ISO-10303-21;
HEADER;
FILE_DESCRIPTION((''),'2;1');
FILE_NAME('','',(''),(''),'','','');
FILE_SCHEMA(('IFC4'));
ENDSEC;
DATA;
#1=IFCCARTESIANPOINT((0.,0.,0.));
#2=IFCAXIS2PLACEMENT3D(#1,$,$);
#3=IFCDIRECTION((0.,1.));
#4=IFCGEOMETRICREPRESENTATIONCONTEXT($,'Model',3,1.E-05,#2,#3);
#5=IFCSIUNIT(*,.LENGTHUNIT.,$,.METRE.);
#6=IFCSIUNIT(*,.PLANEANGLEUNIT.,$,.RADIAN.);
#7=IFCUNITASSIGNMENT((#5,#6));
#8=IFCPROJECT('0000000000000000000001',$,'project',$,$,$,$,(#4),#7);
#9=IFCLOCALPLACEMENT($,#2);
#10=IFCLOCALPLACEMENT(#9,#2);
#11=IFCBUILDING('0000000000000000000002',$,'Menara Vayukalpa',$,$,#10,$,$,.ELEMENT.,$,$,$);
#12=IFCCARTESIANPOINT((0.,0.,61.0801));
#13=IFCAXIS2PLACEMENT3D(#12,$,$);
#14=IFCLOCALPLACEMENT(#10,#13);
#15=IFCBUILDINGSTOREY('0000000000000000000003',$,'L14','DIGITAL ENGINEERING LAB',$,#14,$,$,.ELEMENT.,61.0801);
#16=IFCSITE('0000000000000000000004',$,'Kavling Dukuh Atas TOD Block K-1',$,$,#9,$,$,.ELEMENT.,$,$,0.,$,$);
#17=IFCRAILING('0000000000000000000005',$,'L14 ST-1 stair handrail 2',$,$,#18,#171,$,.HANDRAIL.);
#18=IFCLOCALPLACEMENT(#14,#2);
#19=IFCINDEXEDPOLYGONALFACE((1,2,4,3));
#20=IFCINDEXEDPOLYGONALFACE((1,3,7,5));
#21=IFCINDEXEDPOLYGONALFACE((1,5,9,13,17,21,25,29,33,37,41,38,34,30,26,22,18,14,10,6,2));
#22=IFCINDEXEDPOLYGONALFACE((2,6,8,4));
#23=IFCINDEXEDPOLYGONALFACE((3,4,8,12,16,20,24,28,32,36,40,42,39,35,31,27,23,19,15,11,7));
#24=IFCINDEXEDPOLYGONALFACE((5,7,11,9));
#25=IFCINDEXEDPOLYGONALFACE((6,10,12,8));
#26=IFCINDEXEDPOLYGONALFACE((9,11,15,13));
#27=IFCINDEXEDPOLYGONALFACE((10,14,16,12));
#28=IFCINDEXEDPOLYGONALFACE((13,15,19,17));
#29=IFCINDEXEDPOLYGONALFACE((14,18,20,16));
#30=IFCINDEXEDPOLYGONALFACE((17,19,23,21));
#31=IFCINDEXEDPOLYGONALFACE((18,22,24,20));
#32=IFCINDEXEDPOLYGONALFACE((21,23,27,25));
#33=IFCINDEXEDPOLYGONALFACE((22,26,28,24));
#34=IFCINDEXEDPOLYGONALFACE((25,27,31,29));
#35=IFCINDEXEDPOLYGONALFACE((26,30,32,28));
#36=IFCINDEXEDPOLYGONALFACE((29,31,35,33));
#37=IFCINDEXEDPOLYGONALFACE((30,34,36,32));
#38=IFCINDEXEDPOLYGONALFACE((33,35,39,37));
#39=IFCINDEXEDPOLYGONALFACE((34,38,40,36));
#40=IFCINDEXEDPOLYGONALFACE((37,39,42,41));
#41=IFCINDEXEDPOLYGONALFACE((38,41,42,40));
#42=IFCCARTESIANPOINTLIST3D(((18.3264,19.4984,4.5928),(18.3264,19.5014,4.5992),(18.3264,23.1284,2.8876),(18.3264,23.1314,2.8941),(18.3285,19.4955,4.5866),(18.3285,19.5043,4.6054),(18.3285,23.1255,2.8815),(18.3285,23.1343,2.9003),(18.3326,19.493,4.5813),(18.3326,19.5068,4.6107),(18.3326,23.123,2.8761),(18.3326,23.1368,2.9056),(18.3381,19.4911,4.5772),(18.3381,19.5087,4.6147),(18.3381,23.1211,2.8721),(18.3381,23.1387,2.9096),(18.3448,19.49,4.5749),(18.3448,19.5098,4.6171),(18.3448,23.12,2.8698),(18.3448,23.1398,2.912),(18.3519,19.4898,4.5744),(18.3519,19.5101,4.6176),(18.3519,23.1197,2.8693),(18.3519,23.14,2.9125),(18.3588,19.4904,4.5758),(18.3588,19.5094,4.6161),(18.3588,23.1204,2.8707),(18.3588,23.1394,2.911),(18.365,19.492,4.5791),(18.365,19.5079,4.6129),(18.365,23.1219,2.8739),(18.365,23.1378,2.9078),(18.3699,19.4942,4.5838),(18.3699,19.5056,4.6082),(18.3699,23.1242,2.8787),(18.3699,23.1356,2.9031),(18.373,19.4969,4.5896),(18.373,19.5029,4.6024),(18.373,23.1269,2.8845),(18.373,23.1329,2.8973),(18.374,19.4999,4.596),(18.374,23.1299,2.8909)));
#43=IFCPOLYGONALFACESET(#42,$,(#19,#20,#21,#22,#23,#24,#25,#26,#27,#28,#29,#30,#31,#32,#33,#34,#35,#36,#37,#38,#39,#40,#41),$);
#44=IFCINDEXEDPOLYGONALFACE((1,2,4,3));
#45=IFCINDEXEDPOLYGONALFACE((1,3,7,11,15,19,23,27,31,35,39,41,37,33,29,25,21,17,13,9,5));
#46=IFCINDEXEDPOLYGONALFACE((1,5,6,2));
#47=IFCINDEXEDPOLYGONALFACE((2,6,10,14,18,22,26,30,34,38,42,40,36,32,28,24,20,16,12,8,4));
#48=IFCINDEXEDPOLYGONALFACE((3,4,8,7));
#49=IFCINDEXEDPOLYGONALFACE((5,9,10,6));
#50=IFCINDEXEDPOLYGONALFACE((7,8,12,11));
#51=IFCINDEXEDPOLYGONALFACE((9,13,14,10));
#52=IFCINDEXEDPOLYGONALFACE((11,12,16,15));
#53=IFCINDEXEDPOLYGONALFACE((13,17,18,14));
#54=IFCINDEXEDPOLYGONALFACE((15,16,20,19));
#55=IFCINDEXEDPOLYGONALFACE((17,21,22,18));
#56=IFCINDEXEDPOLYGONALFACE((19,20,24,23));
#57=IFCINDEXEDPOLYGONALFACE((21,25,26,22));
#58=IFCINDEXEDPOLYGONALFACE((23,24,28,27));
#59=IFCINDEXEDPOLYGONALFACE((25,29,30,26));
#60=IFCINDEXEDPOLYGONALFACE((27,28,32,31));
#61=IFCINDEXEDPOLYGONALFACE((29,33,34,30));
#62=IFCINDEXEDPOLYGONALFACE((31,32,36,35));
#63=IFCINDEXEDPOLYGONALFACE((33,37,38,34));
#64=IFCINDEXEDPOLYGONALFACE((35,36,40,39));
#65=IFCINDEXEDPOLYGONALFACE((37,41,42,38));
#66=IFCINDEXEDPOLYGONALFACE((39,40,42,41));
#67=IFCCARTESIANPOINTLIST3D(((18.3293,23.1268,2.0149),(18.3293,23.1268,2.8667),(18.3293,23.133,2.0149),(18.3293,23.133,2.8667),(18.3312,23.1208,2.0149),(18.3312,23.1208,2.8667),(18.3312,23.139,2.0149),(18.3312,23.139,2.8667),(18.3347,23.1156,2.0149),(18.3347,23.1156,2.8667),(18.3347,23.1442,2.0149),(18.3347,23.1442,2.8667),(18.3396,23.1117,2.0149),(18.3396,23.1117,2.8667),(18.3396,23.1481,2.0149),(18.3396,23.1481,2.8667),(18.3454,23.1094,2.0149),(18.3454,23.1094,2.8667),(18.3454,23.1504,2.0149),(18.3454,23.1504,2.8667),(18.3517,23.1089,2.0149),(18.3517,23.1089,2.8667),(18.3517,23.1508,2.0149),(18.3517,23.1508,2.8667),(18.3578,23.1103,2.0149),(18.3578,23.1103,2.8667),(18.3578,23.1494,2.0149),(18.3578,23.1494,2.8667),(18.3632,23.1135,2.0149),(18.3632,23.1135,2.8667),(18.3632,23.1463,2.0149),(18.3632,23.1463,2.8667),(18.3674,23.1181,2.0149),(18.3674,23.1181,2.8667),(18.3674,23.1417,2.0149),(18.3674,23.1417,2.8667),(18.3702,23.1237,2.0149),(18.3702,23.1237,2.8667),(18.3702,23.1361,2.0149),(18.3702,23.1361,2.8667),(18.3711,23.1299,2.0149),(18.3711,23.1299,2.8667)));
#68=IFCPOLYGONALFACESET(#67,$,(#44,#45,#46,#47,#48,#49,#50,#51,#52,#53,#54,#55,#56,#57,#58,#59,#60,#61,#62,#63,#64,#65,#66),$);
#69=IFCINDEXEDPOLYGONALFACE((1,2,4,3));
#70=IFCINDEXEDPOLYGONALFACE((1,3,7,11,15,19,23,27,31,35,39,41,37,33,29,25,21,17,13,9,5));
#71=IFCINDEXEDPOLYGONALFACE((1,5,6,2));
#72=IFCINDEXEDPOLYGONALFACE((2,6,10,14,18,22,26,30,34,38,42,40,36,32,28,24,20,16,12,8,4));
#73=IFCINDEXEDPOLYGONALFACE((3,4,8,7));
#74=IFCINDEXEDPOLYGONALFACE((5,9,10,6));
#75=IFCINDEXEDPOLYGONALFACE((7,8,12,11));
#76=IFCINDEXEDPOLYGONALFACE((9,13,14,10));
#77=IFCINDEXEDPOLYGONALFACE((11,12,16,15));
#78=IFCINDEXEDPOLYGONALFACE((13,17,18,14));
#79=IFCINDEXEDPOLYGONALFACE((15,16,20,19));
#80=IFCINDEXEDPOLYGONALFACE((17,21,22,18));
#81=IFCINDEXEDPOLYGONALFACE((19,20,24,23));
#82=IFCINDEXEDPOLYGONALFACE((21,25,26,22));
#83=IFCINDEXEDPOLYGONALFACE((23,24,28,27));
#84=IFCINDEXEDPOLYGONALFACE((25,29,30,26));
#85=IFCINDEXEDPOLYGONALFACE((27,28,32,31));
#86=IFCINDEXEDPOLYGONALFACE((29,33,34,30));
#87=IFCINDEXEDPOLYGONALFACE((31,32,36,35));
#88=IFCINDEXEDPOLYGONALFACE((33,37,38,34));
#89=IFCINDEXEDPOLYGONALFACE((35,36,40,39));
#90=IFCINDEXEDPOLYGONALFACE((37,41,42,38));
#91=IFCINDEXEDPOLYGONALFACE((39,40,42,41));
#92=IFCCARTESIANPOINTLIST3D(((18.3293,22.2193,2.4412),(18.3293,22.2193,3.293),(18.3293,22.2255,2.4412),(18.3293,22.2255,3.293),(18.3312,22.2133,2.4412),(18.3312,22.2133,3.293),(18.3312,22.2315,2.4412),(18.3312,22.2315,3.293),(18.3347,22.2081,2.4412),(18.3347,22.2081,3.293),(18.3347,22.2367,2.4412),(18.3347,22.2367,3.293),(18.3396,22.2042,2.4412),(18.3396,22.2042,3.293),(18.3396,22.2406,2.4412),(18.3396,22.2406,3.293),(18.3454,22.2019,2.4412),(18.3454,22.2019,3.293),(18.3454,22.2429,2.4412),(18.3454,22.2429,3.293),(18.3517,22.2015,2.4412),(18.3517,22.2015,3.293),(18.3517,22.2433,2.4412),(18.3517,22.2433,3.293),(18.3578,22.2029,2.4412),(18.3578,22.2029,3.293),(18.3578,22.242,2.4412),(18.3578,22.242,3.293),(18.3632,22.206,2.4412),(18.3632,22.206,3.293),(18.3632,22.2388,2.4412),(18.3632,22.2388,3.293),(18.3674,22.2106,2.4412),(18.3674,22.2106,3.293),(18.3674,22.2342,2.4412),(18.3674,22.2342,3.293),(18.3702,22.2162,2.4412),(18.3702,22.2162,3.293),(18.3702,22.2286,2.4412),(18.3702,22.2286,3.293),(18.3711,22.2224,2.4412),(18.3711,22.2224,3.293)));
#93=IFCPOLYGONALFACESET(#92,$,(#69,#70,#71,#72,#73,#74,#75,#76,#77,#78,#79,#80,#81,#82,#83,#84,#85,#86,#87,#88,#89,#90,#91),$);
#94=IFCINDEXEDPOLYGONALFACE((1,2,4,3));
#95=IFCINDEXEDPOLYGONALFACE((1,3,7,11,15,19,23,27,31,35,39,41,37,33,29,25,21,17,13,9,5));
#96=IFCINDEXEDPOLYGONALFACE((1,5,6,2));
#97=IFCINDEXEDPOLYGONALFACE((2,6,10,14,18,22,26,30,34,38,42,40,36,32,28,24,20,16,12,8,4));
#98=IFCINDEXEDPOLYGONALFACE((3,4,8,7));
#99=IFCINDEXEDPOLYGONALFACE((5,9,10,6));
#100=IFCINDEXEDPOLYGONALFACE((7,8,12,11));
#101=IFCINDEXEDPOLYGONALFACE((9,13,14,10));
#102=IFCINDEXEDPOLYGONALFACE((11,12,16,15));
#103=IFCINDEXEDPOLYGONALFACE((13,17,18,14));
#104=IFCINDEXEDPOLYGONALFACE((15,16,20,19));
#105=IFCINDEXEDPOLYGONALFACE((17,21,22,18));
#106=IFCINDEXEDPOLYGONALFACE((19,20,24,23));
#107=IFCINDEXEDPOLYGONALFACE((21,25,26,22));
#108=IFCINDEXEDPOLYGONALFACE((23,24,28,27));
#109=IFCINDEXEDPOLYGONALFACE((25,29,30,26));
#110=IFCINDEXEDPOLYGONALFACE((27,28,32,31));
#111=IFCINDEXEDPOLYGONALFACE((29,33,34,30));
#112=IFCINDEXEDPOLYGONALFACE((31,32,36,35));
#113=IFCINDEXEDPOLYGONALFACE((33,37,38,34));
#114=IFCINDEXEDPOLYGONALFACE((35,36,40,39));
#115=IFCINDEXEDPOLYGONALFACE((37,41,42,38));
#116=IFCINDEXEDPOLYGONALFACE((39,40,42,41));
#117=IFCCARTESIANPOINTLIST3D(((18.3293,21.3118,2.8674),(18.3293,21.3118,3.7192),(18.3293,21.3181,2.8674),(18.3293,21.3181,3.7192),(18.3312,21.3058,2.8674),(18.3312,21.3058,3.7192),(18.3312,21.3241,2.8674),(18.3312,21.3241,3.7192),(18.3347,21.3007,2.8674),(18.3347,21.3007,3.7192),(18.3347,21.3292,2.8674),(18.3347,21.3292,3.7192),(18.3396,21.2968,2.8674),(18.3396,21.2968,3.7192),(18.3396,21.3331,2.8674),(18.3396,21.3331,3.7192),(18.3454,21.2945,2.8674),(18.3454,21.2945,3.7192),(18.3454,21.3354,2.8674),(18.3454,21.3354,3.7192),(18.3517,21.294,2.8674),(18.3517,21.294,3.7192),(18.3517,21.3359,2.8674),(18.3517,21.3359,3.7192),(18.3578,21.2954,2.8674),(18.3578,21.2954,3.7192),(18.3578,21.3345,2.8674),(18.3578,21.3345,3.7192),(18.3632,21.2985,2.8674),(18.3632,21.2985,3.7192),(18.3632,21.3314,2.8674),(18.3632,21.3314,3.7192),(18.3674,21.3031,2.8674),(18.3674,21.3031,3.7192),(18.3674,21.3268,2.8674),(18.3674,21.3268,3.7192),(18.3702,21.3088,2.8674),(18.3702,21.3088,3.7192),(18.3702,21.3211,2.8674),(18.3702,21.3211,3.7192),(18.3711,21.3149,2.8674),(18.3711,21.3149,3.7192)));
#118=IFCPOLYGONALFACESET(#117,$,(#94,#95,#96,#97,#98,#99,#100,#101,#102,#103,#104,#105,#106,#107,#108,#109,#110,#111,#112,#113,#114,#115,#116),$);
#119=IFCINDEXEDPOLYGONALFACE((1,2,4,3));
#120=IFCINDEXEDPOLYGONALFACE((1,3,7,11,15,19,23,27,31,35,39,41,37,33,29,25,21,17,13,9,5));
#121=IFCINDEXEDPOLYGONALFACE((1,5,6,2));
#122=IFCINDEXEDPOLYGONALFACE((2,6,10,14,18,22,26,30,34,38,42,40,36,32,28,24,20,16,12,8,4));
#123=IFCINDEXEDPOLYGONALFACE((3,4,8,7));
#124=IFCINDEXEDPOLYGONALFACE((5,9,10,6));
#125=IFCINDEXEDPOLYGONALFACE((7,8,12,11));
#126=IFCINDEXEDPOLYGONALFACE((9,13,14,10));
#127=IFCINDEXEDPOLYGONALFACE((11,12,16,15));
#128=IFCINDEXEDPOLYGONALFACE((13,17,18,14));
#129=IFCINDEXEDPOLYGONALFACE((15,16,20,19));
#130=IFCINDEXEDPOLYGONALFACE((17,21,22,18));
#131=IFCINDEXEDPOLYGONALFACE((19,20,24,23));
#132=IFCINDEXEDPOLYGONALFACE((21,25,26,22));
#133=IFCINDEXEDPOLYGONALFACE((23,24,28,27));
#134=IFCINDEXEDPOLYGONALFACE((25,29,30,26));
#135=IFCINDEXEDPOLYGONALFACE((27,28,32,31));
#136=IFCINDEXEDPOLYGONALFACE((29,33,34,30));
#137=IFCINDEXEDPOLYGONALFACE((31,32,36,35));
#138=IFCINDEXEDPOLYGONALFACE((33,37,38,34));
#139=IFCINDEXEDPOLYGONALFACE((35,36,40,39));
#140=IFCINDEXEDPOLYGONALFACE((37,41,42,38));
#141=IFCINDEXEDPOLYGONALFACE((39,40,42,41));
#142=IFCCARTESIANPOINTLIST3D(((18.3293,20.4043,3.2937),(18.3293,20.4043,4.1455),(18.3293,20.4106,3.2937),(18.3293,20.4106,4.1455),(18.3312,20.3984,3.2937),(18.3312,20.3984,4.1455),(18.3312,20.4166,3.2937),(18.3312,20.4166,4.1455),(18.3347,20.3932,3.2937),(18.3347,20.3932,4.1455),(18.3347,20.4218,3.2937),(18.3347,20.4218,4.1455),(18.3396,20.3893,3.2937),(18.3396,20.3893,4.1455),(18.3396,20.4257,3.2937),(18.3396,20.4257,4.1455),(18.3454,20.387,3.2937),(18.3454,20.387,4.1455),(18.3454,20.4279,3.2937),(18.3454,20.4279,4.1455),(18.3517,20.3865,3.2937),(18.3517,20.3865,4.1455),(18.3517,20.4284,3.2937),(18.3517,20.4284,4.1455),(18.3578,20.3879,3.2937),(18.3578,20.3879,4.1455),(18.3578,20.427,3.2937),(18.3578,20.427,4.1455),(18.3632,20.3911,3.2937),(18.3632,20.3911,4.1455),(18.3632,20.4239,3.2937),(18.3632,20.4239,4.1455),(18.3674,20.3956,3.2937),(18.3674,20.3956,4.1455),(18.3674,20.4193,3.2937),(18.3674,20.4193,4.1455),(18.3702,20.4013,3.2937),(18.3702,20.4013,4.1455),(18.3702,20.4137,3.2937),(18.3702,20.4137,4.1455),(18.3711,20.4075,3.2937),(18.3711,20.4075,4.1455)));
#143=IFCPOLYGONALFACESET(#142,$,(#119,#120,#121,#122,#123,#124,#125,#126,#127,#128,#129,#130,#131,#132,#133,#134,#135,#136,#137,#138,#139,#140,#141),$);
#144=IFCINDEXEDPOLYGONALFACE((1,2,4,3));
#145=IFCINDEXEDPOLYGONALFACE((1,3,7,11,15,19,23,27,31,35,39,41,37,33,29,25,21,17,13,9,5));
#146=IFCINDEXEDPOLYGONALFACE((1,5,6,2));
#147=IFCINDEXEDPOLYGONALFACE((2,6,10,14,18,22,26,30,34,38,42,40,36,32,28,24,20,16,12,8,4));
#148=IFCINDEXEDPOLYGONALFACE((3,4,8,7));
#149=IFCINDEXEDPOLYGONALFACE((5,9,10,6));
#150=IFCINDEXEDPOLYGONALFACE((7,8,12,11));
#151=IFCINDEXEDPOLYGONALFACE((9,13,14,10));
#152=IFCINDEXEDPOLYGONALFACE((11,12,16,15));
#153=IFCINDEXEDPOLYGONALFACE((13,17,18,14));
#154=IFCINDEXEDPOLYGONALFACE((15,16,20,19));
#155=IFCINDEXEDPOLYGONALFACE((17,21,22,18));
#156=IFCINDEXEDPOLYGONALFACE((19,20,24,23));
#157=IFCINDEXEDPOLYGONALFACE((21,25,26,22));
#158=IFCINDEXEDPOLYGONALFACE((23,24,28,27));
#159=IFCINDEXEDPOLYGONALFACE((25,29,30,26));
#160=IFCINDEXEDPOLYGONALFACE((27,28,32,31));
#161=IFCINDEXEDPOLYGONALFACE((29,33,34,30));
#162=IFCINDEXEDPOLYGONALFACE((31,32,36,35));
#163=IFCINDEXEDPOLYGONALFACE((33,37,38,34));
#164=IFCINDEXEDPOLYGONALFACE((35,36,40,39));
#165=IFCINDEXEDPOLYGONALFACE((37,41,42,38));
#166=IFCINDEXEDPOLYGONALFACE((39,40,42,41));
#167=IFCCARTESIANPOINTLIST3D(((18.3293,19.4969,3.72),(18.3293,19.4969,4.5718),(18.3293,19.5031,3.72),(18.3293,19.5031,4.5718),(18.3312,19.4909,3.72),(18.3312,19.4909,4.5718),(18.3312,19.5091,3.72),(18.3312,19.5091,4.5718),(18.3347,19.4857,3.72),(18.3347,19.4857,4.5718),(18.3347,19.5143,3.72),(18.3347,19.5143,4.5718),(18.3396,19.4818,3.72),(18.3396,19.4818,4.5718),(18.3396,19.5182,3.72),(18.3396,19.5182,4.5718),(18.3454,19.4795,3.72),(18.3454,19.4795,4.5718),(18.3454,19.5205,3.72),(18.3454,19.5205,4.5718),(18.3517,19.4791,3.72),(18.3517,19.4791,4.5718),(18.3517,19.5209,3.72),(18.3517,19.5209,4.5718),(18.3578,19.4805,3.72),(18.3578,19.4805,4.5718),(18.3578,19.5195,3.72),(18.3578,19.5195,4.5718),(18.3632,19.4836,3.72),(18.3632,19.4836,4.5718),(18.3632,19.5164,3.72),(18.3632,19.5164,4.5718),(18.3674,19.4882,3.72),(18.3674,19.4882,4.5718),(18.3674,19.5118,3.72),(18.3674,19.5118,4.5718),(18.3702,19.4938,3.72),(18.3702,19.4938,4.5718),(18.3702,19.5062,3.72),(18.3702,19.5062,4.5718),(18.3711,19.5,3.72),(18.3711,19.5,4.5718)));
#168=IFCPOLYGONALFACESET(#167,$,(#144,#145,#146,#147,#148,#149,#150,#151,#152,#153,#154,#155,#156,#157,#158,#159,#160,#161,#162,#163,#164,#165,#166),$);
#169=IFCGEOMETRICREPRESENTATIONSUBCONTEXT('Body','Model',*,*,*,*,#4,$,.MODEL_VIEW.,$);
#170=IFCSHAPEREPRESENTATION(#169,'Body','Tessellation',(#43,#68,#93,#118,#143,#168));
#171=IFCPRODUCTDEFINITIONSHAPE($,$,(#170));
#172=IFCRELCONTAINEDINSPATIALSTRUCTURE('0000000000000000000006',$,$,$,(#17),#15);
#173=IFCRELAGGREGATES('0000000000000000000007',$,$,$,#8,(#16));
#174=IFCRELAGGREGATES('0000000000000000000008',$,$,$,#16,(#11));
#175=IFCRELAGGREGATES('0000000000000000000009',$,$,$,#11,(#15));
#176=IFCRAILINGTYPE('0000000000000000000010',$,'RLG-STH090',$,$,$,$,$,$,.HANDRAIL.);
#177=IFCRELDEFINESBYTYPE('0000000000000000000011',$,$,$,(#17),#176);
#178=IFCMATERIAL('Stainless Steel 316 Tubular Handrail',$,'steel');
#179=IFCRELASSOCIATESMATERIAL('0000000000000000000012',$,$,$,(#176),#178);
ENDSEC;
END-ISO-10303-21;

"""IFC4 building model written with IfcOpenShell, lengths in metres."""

from ifc_helpers import new_model, si_unit, direction, frame, origin, origin_2d, place, context, subcontext, project, spatial, circle, extrude, material, type_object, element, save


model = new_model("IFC4")

# Units and contexts
model_context = context("Model", 3, precision=1e-05, world=origin(), true_north=direction((0.0, 1.0)))
body_context = subcontext(model_context, "Body", "Model", "MODEL_VIEW")
ifc_project = project(units=[si_unit("LENGTHUNIT", "METRE"), si_unit("PLANEANGLEUNIT", "RADIAN")], contexts=[model_context])

# Site, building, storey
site_placement = place(None, origin())
site = spatial("IfcSite", under=ifc_project, at=site_placement, Name="Kavling Dukuh Atas TOD Block K-1", CompositionType="ELEMENT", RefElevation=0.0)
building_placement = place(site_placement, origin())
building = spatial("IfcBuilding", under=site, at=building_placement, Name="Menara Vayukalpa", CompositionType="ELEMENT")
storey_placement = place(building_placement, frame((0.0, 0.0, 61.0801)))
storey = spatial("IfcBuildingStorey", under=building, at=storey_placement, Name="L14", Description="DIGITAL ENGINEERING LAB", CompositionType="ELEMENT", Elevation=61.0801)

# Railing
ifc_material_1 = material(Name="Stainless Steel 316 Tubular Handrail", Category="steel")
railing_type = type_object("IfcRailingType", Name="RLG-STH090", PredefinedType="HANDRAIL", material=ifc_material_1)
railing_placement = place(storey_placement, frame((18.3501, 23.1299, 2.0149)))
element("IfcRailing", 1, at=railing_placement, inside=storey, type_object=railing_type, Name="L14 ST-1 stair handrail 2", PredefinedType="HANDRAIL", context=body_context, shape_type="SweptSolid", body=[
    extrude(circle(Radius=0.0239, at=origin_2d()), frame((0.0, 0.0, 0.876), z_axis=(0.0, -0.905116, 0.425164), x_axis=(1.0, 0.0, 0.0)), (0.0, 0.0, 1.0), 4.0105),
    extrude(circle(Radius=0.021, at=origin_2d()), origin(), (0.0, 0.0, 1.0), 0.8518),
    extrude(circle(Radius=0.021, at=origin_2d()), frame((0.0, -0.9075, 0.4263)), (0.0, 0.0, 1.0), 0.8518),
    extrude(circle(Radius=0.021, at=origin_2d()), frame((0.0, -1.8149, 0.8525)), (0.0, 0.0, 1.0), 0.8518),
    extrude(circle(Radius=0.021, at=origin_2d()), frame((0.0, -2.7224, 1.2788)), (0.0, 0.0, 1.0), 0.8518),
    extrude(circle(Radius=0.021, at=origin_2d()), frame((0.0, -3.6299, 1.7051)), (0.0, 0.0, 1.0), 0.8518),
])

save(model, "model.ifc")
